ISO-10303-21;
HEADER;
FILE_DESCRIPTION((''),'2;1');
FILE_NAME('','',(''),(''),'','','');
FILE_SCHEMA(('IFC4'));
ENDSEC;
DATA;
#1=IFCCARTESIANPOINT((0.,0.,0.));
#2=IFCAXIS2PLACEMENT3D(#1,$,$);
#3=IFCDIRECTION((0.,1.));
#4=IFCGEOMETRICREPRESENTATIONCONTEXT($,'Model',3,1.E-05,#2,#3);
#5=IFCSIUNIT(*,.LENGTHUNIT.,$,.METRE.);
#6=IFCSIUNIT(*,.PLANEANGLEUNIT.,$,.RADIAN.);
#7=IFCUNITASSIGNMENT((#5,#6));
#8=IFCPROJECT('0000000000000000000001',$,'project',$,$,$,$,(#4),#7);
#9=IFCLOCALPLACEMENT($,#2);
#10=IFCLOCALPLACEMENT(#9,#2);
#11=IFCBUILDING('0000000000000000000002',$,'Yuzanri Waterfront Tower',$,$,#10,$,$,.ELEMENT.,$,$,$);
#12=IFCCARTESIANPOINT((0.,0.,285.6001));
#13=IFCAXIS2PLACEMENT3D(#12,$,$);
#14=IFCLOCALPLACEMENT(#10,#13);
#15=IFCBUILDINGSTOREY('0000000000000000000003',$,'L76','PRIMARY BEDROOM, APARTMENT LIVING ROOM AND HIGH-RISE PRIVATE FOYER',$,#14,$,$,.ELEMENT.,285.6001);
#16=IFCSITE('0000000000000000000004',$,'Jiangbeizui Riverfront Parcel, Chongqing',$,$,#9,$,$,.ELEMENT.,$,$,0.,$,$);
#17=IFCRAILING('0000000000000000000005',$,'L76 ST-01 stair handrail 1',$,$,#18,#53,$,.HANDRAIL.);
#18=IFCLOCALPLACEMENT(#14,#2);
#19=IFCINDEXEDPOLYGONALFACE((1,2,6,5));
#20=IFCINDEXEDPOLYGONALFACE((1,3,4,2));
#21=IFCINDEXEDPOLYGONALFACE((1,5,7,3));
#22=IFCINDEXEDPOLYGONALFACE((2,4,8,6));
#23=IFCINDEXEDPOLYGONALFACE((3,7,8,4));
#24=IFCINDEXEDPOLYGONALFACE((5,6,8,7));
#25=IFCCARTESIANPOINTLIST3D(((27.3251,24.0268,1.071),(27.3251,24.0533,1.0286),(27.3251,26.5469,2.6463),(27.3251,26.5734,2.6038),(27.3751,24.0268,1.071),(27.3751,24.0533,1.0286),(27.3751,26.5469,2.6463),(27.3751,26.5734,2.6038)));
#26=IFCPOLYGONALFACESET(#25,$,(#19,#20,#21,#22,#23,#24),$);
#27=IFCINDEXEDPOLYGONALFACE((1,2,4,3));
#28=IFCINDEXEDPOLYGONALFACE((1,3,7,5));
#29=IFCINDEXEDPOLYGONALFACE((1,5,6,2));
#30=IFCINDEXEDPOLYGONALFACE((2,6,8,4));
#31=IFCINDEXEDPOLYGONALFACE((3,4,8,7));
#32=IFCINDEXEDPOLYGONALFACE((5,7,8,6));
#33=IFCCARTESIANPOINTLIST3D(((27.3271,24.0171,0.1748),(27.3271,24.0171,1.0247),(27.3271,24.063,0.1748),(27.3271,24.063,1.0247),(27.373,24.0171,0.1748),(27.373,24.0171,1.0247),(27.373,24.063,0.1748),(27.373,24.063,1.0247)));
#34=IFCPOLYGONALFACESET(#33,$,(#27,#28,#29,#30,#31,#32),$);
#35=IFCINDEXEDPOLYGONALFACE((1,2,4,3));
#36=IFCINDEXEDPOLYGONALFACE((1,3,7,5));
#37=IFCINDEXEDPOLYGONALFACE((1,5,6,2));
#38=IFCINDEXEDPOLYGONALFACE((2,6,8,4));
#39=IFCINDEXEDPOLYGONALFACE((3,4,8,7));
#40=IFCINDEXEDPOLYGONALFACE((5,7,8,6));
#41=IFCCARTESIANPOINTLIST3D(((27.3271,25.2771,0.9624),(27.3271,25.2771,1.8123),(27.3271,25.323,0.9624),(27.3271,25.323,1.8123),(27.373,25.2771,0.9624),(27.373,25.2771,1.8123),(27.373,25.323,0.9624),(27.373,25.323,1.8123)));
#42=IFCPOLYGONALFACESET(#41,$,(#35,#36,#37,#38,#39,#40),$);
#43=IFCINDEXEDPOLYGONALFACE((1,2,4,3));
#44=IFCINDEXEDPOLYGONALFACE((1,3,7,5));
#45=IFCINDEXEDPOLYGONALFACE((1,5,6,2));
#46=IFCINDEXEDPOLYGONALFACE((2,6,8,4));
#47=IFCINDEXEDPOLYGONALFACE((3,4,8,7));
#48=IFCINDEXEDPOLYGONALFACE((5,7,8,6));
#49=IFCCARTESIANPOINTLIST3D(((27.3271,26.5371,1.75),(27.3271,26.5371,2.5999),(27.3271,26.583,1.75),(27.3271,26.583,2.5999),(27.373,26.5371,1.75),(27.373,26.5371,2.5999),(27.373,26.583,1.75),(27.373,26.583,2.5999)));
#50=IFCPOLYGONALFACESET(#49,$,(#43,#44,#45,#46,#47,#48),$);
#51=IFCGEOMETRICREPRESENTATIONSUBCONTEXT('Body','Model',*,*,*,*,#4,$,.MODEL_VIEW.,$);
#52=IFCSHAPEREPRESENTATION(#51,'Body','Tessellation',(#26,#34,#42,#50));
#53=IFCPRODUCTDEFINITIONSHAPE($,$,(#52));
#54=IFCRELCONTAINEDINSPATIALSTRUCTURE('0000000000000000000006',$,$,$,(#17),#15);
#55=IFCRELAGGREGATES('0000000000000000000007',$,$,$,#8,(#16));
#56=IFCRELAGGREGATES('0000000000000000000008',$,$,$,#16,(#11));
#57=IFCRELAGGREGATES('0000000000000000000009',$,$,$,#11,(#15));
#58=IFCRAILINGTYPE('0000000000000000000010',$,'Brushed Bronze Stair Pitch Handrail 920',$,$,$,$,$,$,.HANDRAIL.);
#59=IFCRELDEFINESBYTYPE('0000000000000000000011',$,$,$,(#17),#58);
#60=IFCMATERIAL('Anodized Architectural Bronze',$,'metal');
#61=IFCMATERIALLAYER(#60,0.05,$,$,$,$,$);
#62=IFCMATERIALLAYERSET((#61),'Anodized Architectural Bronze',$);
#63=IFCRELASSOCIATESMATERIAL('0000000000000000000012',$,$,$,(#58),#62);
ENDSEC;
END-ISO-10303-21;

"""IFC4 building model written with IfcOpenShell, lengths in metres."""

from ifc_helpers import new_model, si_unit, direction, frame, origin, origin_2d, place, context, subcontext, project, spatial, rectangle, extrude, source, transform, mapped, material, layer, layer_set, type_object, element, save


model = new_model("IFC4")

# Units and contexts
model_context = context("Model", 3, precision=1e-05, world=origin(), true_north=direction((0.0, 1.0)))
body_context = subcontext(model_context, "Body", "Model", "MODEL_VIEW")
ifc_project = project(units=[si_unit("LENGTHUNIT", "METRE"), si_unit("PLANEANGLEUNIT", "RADIAN")], contexts=[model_context])

# Site, building, storey
site_placement = place(None, origin())
site = spatial("IfcSite", under=ifc_project, at=site_placement, Name="Jiangbeizui Riverfront Parcel, Chongqing", CompositionType="ELEMENT", RefElevation=0.0)
building_placement = place(site_placement, origin())
building = spatial("IfcBuilding", under=site, at=building_placement, Name="Yuzanri Waterfront Tower", CompositionType="ELEMENT")
storey_placement = place(building_placement, frame((0.0, 0.0, 285.6001)))
storey = spatial("IfcBuildingStorey", under=building, at=storey_placement, Name="L76", Description="PRIMARY BEDROOM, APARTMENT LIVING ROOM AND HIGH-RISE PRIVATE FOYER", CompositionType="ELEMENT", Elevation=285.6001)

# Railing
ifc_material_1 = material(Name="Anodized Architectural Bronze", Category="metal")
ifc_layer_1 = layer(ifc_material_1, 0.05)
ifc_layer_set_1 = layer_set([ifc_layer_1], Name="Anodized Architectural Bronze")
railing_type_1 = type_object("IfcRailingType", Name="Brushed Bronze Stair Pitch Handrail 920", PredefinedType="HANDRAIL", material=ifc_layer_set_1)
shared_shape_1 = source(origin(), body_context, "Body", "SweptSolid", [
    extrude(rectangle(XDim=0.05, YDim=0.05, at=origin_2d()), frame((0.0, 0.0, 0.875), z_axis=(0.0, 0.847971, 0.530043), x_axis=(-1.0, 0.0, 0.0)), (0.0, 0.0, 1.0), 2.9719),
    extrude(rectangle(XDim=0.0459, YDim=0.0459, at=origin_2d()), origin(), (0.0, 0.0, 1.0), 0.8499),
    extrude(rectangle(XDim=0.0459, YDim=0.0459, at=origin_2d()), frame((0.0, 1.26, 0.7876)), (0.0, 0.0, 1.0), 0.8499),
    extrude(rectangle(XDim=0.0459, YDim=0.0459, at=origin_2d()), frame((0.0, 2.52, 1.5752)), (0.0, 0.0, 1.0), 0.8499),
])
railing_1_placement = place(storey_placement, frame((27.3501, 24.04, 0.1748)))
element("IfcRailing", 1, at=railing_1_placement, inside=storey, type_object=railing_type_1, Name="L76 ST-01 stair handrail 1", PredefinedType="HANDRAIL", context=body_context, shape_type="MappedRepresentation", body=[
    mapped(shared_shape_1, transform((0.0, 0.0, 0.0), scale=1.0)),
])

save(model, "model.ifc")
